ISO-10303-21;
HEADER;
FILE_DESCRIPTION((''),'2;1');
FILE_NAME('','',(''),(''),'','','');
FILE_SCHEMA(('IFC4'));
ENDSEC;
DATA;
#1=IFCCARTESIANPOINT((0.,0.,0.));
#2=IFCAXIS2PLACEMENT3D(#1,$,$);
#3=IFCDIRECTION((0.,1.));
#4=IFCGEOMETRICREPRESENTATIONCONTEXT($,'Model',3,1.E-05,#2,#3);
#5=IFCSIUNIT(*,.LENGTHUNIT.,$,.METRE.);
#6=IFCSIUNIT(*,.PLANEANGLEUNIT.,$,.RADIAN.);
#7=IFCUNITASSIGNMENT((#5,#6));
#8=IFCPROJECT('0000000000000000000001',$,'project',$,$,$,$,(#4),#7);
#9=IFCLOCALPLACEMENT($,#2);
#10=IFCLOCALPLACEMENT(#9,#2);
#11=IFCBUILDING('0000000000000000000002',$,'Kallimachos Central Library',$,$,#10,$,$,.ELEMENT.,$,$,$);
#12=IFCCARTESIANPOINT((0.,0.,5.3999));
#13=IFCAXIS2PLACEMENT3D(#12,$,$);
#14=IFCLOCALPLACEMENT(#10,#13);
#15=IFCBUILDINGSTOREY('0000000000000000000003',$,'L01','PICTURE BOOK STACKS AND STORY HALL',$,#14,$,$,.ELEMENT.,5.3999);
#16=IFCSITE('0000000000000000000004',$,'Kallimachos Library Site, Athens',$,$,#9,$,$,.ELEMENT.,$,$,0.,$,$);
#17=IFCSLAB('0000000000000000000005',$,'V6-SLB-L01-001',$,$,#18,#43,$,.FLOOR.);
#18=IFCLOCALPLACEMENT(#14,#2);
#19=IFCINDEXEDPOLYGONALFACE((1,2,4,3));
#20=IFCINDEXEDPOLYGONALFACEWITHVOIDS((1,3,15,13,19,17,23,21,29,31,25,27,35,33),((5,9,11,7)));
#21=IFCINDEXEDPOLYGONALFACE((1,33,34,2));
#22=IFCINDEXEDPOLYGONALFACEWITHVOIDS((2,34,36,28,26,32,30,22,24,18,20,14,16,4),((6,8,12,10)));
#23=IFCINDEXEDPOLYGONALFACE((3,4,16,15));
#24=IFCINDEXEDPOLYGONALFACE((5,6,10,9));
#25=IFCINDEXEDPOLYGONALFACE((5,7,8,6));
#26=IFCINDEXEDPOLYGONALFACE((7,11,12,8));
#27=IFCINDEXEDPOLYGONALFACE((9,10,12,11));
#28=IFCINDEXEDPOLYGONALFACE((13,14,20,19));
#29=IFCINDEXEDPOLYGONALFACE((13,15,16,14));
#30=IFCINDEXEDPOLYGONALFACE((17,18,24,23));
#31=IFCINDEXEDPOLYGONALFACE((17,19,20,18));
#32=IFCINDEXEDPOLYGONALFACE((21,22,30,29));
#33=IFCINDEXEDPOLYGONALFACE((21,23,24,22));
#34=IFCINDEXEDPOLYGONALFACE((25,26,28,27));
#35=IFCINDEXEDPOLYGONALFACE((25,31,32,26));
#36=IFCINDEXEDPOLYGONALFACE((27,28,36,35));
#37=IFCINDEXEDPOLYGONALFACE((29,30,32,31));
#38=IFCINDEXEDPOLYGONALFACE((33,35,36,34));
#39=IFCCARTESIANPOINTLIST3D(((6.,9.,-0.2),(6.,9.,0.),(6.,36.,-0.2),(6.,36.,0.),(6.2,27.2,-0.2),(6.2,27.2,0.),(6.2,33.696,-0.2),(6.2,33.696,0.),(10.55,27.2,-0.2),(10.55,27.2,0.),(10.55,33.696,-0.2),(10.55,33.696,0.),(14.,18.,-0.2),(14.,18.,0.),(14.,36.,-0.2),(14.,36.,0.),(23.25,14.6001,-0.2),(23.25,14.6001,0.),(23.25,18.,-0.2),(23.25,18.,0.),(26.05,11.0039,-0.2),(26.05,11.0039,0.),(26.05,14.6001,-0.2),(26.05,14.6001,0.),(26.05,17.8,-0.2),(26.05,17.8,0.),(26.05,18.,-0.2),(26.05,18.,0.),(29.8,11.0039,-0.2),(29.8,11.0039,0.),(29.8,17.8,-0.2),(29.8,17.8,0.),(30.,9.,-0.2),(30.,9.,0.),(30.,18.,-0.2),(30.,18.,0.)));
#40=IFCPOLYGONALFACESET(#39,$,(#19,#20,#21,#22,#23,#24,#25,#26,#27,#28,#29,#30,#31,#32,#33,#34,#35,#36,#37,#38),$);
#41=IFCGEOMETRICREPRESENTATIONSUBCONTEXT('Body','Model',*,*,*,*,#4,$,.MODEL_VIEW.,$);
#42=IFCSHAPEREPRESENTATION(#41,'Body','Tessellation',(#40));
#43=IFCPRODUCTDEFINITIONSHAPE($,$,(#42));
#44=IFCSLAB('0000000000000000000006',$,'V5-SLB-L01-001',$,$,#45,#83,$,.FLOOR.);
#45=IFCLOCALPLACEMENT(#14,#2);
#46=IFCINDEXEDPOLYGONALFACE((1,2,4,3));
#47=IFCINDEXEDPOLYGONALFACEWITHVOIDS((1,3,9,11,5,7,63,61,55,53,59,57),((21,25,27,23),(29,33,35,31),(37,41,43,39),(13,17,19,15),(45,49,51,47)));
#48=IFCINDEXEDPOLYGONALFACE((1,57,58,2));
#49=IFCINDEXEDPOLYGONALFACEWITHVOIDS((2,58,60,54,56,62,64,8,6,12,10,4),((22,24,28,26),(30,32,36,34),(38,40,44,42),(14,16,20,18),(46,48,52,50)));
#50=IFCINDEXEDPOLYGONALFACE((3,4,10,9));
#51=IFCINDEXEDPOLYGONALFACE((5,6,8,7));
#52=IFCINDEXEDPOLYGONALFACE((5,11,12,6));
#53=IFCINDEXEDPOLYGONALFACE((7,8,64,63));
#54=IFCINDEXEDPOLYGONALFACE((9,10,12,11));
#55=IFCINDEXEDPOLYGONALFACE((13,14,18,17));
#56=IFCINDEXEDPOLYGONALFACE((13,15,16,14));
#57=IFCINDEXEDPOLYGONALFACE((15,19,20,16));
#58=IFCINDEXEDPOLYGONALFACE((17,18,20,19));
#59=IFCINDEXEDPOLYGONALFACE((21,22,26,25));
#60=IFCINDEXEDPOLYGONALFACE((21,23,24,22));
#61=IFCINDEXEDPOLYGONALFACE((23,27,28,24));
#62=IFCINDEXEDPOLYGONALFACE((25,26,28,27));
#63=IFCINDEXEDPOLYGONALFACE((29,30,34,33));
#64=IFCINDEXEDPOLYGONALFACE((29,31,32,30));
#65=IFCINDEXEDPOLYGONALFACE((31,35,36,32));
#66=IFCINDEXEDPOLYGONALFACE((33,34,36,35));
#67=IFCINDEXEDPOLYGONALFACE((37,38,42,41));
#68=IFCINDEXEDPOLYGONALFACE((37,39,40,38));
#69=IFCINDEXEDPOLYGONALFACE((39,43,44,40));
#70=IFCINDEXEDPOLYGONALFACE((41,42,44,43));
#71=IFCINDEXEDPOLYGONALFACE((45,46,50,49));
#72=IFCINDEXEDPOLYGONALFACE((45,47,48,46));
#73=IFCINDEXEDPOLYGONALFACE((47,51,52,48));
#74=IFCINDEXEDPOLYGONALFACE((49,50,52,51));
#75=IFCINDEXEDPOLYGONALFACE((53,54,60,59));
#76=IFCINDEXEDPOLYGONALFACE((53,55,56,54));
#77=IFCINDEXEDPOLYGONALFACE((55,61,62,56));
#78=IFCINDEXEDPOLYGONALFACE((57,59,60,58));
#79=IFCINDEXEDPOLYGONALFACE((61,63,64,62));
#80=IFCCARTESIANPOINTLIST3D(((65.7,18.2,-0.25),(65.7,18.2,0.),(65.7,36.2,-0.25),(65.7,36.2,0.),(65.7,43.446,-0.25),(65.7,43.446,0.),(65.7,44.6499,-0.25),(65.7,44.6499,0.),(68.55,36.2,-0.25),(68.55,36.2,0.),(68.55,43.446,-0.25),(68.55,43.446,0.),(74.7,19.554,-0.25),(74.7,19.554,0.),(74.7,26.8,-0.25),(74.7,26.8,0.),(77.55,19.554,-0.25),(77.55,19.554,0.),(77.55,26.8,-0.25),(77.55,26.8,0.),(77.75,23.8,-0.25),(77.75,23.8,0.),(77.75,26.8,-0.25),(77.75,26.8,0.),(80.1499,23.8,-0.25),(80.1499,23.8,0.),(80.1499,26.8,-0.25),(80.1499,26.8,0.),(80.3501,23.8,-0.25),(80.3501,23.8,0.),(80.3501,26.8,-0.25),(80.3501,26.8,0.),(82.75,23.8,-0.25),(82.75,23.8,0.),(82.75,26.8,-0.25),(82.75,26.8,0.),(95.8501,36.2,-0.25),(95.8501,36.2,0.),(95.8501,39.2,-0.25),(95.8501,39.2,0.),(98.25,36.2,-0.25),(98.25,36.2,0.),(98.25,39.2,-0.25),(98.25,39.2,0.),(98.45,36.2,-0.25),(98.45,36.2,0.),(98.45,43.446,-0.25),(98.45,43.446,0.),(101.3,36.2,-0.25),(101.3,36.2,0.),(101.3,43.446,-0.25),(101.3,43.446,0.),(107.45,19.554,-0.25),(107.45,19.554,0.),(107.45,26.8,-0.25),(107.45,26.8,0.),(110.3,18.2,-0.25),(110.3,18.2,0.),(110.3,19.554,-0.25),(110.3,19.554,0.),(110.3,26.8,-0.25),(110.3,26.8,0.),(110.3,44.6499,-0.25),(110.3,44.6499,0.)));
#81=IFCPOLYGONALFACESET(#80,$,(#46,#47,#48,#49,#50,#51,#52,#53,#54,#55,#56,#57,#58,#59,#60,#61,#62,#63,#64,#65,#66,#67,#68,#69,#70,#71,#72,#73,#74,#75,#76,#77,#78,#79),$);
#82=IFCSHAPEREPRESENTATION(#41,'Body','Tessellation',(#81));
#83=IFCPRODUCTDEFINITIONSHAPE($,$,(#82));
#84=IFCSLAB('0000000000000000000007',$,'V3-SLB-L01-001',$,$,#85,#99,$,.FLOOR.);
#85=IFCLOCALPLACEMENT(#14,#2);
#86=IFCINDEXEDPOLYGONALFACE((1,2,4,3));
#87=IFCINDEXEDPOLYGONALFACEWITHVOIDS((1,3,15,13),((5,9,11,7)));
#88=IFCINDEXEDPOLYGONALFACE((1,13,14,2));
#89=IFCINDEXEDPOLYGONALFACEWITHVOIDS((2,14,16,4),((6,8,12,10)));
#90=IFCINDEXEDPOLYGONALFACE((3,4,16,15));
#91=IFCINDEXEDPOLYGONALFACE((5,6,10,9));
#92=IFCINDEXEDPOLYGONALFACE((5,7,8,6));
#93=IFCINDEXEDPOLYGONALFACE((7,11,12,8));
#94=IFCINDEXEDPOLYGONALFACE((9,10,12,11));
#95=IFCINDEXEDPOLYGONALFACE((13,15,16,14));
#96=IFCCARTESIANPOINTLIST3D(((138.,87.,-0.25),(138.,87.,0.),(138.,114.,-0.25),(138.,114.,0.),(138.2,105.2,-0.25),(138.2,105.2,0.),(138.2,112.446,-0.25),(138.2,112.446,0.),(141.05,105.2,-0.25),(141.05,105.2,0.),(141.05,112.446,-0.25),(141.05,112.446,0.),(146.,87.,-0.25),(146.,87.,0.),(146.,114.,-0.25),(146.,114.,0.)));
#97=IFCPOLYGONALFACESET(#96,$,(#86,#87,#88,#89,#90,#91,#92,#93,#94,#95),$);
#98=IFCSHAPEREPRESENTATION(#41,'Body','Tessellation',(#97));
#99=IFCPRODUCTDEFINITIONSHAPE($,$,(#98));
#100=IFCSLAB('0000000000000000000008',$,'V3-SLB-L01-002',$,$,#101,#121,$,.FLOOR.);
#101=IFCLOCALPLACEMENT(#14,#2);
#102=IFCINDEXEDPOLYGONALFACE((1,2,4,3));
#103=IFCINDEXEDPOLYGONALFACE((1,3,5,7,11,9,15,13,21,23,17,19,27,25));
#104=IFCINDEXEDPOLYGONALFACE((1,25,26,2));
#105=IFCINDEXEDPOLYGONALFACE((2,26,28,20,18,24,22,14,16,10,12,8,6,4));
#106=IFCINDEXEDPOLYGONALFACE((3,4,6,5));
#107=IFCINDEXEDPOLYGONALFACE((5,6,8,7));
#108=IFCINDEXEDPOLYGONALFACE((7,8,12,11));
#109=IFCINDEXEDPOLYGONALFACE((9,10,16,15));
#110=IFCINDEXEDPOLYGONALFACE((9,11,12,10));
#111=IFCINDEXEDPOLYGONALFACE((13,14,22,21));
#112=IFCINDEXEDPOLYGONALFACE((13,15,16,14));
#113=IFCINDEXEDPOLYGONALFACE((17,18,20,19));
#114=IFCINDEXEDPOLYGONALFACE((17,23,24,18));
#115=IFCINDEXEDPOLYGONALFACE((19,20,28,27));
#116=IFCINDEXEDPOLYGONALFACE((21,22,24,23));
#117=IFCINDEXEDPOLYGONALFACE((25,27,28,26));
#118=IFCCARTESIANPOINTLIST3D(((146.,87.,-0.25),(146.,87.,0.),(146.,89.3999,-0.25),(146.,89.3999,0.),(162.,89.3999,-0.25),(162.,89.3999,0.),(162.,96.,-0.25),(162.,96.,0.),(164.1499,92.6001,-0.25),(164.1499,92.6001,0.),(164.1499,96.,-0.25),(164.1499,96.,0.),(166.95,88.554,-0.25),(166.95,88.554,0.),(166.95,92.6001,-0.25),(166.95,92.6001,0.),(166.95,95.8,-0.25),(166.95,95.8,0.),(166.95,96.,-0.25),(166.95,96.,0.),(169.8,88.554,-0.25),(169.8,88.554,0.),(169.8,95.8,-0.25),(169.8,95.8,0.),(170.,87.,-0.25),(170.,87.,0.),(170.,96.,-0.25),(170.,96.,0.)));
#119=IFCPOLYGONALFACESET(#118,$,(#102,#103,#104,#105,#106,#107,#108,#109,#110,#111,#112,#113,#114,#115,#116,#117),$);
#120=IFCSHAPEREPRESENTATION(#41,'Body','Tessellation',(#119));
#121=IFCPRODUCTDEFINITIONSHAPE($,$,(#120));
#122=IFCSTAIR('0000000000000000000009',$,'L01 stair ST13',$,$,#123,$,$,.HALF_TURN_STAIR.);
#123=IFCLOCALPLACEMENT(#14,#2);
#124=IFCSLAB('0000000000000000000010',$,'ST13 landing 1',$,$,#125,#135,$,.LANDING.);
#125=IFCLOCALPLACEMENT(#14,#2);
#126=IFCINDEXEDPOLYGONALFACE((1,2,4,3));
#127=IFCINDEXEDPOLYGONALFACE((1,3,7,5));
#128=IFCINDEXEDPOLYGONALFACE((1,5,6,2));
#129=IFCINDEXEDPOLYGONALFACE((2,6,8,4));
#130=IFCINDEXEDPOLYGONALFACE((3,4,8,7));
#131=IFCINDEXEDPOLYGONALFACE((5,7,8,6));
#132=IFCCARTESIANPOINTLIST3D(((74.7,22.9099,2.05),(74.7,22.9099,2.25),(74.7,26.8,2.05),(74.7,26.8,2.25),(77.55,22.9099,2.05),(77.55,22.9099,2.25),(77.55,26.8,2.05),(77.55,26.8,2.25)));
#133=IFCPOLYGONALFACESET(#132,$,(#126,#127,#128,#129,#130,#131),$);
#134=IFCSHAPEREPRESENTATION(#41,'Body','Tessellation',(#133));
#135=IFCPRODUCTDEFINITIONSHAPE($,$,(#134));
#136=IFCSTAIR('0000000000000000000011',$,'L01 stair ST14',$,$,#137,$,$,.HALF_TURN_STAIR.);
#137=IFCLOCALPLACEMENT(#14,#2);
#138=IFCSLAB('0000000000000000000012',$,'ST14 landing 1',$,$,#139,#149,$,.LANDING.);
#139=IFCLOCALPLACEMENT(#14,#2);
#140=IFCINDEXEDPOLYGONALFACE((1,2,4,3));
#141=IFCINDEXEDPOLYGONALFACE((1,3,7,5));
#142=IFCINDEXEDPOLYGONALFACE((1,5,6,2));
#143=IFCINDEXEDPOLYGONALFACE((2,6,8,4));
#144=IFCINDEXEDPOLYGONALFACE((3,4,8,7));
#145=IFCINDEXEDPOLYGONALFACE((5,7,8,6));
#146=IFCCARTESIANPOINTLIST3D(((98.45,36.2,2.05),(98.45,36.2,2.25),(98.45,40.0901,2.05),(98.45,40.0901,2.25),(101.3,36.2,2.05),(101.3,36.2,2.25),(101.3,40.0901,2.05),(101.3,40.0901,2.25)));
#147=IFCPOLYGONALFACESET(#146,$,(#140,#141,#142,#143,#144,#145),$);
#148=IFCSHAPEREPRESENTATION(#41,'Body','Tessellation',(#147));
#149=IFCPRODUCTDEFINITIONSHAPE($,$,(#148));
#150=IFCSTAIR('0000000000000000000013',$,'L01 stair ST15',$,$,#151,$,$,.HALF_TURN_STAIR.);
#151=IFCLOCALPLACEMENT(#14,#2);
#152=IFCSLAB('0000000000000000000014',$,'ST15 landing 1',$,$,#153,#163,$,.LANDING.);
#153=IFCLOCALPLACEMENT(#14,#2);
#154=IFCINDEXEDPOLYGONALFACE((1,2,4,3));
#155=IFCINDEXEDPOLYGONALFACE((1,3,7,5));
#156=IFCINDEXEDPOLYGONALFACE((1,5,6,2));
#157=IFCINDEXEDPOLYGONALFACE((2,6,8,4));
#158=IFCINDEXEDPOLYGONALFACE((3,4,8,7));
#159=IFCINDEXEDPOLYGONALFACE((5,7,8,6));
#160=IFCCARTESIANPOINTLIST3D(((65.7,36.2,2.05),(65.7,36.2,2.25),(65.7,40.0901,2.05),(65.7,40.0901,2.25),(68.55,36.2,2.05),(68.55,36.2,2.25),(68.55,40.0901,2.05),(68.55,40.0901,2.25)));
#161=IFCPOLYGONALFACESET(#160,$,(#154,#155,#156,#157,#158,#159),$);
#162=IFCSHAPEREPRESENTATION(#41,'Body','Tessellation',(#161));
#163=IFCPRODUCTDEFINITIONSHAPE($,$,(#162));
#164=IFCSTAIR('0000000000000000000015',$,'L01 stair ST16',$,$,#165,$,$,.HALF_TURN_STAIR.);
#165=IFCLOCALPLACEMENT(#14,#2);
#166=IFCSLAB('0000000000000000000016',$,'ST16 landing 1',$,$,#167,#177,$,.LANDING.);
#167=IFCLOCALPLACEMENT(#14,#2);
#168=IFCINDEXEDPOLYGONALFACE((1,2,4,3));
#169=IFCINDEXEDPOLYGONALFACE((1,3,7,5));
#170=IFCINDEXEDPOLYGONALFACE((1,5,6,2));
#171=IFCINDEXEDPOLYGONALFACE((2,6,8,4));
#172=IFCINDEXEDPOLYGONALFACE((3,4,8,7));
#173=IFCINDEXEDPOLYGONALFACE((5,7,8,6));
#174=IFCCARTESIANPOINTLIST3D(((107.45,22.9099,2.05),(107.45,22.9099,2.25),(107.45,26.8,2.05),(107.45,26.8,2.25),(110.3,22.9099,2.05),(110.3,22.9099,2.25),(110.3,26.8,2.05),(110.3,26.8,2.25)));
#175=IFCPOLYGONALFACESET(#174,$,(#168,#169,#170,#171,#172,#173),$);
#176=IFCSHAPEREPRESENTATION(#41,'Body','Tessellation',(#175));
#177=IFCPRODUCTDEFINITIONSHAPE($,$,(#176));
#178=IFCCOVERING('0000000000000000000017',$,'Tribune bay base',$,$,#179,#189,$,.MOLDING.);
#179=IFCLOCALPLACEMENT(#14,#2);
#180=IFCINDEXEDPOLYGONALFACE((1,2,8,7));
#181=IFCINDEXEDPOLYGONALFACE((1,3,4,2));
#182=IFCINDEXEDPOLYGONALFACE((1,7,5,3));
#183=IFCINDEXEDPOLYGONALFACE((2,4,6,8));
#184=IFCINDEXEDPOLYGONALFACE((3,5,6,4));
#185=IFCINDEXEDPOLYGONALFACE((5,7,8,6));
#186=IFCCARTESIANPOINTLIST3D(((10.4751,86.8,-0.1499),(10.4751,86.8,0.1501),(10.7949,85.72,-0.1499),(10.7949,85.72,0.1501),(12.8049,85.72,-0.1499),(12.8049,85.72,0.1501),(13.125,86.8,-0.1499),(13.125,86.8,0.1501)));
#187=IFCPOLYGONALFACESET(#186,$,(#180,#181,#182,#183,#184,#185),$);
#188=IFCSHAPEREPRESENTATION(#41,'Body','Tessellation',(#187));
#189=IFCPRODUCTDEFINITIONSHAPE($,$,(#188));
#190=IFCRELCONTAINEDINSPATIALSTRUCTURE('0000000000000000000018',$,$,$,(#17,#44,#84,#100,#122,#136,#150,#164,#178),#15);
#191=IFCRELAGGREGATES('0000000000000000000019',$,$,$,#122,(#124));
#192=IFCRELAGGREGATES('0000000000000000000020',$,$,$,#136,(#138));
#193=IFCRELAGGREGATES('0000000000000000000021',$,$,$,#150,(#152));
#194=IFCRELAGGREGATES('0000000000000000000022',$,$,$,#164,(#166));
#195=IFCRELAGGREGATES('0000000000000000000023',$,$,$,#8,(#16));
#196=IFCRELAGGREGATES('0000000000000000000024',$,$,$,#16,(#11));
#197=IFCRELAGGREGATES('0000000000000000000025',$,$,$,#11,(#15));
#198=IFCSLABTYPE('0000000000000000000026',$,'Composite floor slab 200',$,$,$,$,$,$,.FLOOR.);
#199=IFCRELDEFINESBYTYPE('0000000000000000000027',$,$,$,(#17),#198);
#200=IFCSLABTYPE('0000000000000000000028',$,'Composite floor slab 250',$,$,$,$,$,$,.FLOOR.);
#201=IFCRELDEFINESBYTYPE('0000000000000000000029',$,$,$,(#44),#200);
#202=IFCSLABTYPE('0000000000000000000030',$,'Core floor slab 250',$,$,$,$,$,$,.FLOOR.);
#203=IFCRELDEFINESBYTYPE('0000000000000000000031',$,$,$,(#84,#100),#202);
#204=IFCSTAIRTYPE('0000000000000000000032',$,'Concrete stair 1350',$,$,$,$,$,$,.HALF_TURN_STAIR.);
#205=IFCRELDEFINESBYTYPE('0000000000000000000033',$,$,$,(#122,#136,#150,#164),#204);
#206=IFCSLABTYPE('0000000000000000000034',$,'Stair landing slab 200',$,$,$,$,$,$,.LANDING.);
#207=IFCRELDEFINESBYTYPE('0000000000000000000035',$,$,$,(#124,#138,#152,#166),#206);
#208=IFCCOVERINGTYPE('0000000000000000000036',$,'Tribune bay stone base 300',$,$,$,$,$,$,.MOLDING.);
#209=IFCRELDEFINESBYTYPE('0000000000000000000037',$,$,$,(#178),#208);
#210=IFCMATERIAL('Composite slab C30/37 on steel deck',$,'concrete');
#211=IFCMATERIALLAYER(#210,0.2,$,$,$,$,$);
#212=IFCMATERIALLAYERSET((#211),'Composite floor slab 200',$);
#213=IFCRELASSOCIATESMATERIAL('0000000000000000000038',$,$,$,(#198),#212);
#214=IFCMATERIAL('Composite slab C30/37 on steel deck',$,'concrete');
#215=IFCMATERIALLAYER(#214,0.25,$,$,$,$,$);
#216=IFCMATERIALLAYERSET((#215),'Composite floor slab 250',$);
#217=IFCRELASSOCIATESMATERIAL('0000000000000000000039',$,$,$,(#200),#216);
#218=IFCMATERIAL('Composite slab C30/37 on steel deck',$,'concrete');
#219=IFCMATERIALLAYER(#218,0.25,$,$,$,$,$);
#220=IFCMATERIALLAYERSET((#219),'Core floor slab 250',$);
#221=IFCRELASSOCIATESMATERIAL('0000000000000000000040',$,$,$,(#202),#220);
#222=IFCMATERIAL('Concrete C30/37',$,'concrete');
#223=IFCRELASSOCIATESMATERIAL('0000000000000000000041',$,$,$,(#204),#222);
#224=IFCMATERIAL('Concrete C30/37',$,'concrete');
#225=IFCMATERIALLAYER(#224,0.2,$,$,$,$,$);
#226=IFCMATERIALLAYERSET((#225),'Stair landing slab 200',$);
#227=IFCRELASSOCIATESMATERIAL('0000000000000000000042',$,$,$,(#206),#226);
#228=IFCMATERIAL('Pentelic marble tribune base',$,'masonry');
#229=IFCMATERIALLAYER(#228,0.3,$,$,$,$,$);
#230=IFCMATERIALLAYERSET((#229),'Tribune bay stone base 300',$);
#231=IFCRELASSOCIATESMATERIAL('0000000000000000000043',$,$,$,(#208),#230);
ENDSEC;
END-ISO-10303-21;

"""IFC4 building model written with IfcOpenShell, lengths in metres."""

from ifc_helpers import new_model, si_unit, direction, frame, origin, place, context, subcontext, project, spatial, polyline, outline, extrude, material, layer, layer_set, type_object, element, aggregate, save


model = new_model("IFC4")

# Units and contexts
model_context = context("Model", 3, precision=1e-05, world=origin(), true_north=direction((0.0, 1.0)))
body_context = subcontext(model_context, "Body", "Model", "MODEL_VIEW")
ifc_project = project(units=[si_unit("LENGTHUNIT", "METRE"), si_unit("PLANEANGLEUNIT", "RADIAN")], contexts=[model_context])

# Site, building, storey
site_placement = place(None, origin())
site = spatial("IfcSite", under=ifc_project, at=site_placement, Name="Kallimachos Library Site, Athens", CompositionType="ELEMENT", RefElevation=0.0)
building_placement = place(site_placement, origin())
building = spatial("IfcBuilding", under=site, at=building_placement, Name="Kallimachos Central Library", CompositionType="ELEMENT")
storey_placement = place(building_placement, frame((0.0, 0.0, 5.3999)))
storey = spatial("IfcBuildingStorey", under=building, at=storey_placement, Name="L01", Description="PICTURE BOOK STACKS AND STORY HALL", CompositionType="ELEMENT", Elevation=5.3999)

# Slabs
ifc_material_1 = material(Name="Composite slab C30/37 on steel deck", Category="concrete")
ifc_layer_1 = layer(ifc_material_1, 0.2)
ifc_layer_set_1 = layer_set([ifc_layer_1], Name="Composite floor slab 200")
slab_type_1 = type_object("IfcSlabType", Name="Composite floor slab 200", PredefinedType="FLOOR", material=ifc_layer_set_1)
slab_1_placement = place(storey_placement, frame((0.0, 0.0, -0.2)))
element("IfcSlab", 1, at=slab_1_placement, inside=storey, type_object=slab_type_1, Name="V6-SLB-L01-001", PredefinedType="FLOOR", context=body_context, shape_type="SweptSolid", body=[
    extrude(outline(polyline([(23.25, 18.0), (23.25, 14.6001), (26.05, 14.6001), (26.05, 11.0039), (29.8, 11.0039), (29.8, 17.8), (26.05, 17.8), (26.05, 18.0), (30.0, 18.0), (30.0, 9.0), (6.0, 9.0), (6.0, 36.0), (14.0, 36.0), (14.0, 18.0), (23.25, 18.0)]), holes=[polyline([(10.55, 33.696), (6.2, 33.696), (6.2, 27.2), (10.55, 27.2), (10.55, 33.696)])]), origin(), (0.0, 0.0, 1.0), 0.2),
])
ifc_material_2 = material(Name="Composite slab C30/37 on steel deck", Category="concrete")
ifc_layer_2 = layer(ifc_material_2, 0.25)
ifc_layer_set_2 = layer_set([ifc_layer_2], Name="Composite floor slab 250")
slab_type_2 = type_object("IfcSlabType", Name="Composite floor slab 250", PredefinedType="FLOOR", material=ifc_layer_set_2)
slab_2_placement = place(storey_placement, frame((0.0, 0.0, -0.25)))
element("IfcSlab", 2, at=slab_2_placement, inside=storey, type_object=slab_type_2, Name="V5-SLB-L01-001", PredefinedType="FLOOR", context=body_context, shape_type="SweptSolid", body=[
    extrude(outline(polyline([(110.3, 18.2), (65.7, 18.2), (65.7, 36.2), (68.55, 36.2), (68.55, 43.446), (65.7, 43.446), (65.7, 44.6499), (110.3, 44.6499), (110.3, 26.8), (107.45, 26.8), (107.45, 19.554), (110.3, 19.554), (110.3, 18.2)]), holes=[polyline([(74.7, 19.554), (77.55, 19.554), (77.55, 26.8), (74.7, 26.8), (74.7, 19.554)]), polyline([(80.1499, 26.8), (77.75, 26.8), (77.75, 23.8), (80.1499, 23.8), (80.1499, 26.8)]), polyline([(82.75, 26.8), (80.3501, 26.8), (80.3501, 23.8), (82.75, 23.8), (82.75, 26.8)]), polyline([(98.25, 39.2), (95.8501, 39.2), (95.8501, 36.2), (98.25, 36.2), (98.25, 39.2)]), polyline([(101.3, 36.2), (101.3, 43.446), (98.45, 43.446), (98.45, 36.2), (101.3, 36.2)])]), origin(), (0.0, 0.0, 1.0), 0.25),
])
ifc_material_3 = material(Name="Composite slab C30/37 on steel deck", Category="concrete")
ifc_layer_3 = layer(ifc_material_3, 0.25)
ifc_layer_set_3 = layer_set([ifc_layer_3], Name="Core floor slab 250")
slab_type_3 = type_object("IfcSlabType", Name="Core floor slab 250", PredefinedType="FLOOR", material=ifc_layer_set_3)
slab_3_placement = place(storey_placement, frame((0.0, 0.0, -0.25)))
element("IfcSlab", 3, at=slab_3_placement, inside=storey, type_object=slab_type_3, Name="V3-SLB-L01-001", PredefinedType="FLOOR", context=body_context, shape_type="SweptSolid", body=[
    extrude(outline(polyline([(138.0, 87.0), (138.0, 114.0), (146.0, 114.0), (146.0, 87.0), (138.0, 87.0)]), holes=[polyline([(138.2, 105.2), (141.05, 105.2), (141.05, 112.446), (138.2, 112.446), (138.2, 105.2)])]), origin(), (0.0, 0.0, 1.0), 0.25),
])
slab_4_placement = place(storey_placement, frame((0.0, 0.0, -0.25)))
element("IfcSlab", 4, at=slab_4_placement, inside=storey, type_object=slab_type_3, Name="V3-SLB-L01-002", PredefinedType="FLOOR", context=body_context, shape_type="SweptSolid", body=[
    extrude(outline(polyline([(146.0, 89.3999), (162.0, 89.3999), (162.0, 96.0), (164.1499, 96.0), (164.1499, 92.6001), (166.95, 92.6001), (166.95, 88.554), (169.8, 88.554), (169.8, 95.8), (166.95, 95.8), (166.95, 96.0), (170.0, 96.0), (170.0, 87.0), (146.0, 87.0), (146.0, 89.3999)])), origin(), (0.0, 0.0, 1.0), 0.25),
])

# Stairs, slabs
ifc_material_4 = material(Name="Concrete C30/37", Category="concrete")
stair_type = type_object("IfcStairType", Name="Concrete stair 1350", PredefinedType="HALF_TURN_STAIR", material=ifc_material_4)
stair_1_placement = place(storey_placement, origin())
stair_1 = element("IfcStair", 5, at=stair_1_placement, inside=storey, type_object=stair_type, Name="L01 stair ST13", PredefinedType="HALF_TURN_STAIR")
ifc_material_5 = material(Name="Concrete C30/37", Category="concrete")
ifc_layer_4 = layer(ifc_material_5, 0.2)
ifc_layer_set_4 = layer_set([ifc_layer_4], Name="Stair landing slab 200")
slab_type_4 = type_object("IfcSlabType", Name="Stair landing slab 200", PredefinedType="LANDING", material=ifc_layer_set_4)
slab_5_placement = place(storey_placement, frame((0.0, 0.0, 2.05)))
slab_5 = element("IfcSlab", 6, at=slab_5_placement, type_object=slab_type_4, Name="ST13 landing 1", PredefinedType="LANDING", context=body_context, shape_type="SweptSolid", body=[
    extrude(outline(polyline([(77.55, 22.9099), (77.55, 26.8), (74.7, 26.8), (74.7, 22.9099), (77.55, 22.9099)])), origin(), (0.0, 0.0, 1.0), 0.2),
])
aggregate(stair_1, [slab_5])
stair_2_placement = place(storey_placement, origin())
stair_2 = element("IfcStair", 7, at=stair_2_placement, inside=storey, type_object=stair_type, Name="L01 stair ST14", PredefinedType="HALF_TURN_STAIR")
slab_6_placement = place(storey_placement, frame((0.0, 0.0, 2.05)))
slab_6 = element("IfcSlab", 8, at=slab_6_placement, type_object=slab_type_4, Name="ST14 landing 1", PredefinedType="LANDING", context=body_context, shape_type="SweptSolid", body=[
    extrude(outline(polyline([(98.45, 40.0901), (98.45, 36.2), (101.3, 36.2), (101.3, 40.0901), (98.45, 40.0901)])), origin(), (0.0, 0.0, 1.0), 0.2),
])
aggregate(stair_2, [slab_6])
stair_3_placement = place(storey_placement, origin())
stair_3 = element("IfcStair", 9, at=stair_3_placement, inside=storey, type_object=stair_type, Name="L01 stair ST15", PredefinedType="HALF_TURN_STAIR")
slab_7_placement = place(storey_placement, frame((0.0, 0.0, 2.05)))
slab_7 = element("IfcSlab", 10, at=slab_7_placement, type_object=slab_type_4, Name="ST15 landing 1", PredefinedType="LANDING", context=body_context, shape_type="SweptSolid", body=[
    extrude(outline(polyline([(65.7, 40.0901), (65.7, 36.2), (68.55, 36.2), (68.55, 40.0901), (65.7, 40.0901)])), origin(), (0.0, 0.0, 1.0), 0.2),
])
aggregate(stair_3, [slab_7])
stair_4_placement = place(storey_placement, origin())
stair_4 = element("IfcStair", 11, at=stair_4_placement, inside=storey, type_object=stair_type, Name="L01 stair ST16", PredefinedType="HALF_TURN_STAIR")
slab_8_placement = place(storey_placement, frame((0.0, 0.0, 2.05)))
slab_8 = element("IfcSlab", 12, at=slab_8_placement, type_object=slab_type_4, Name="ST16 landing 1", PredefinedType="LANDING", context=body_context, shape_type="SweptSolid", body=[
    extrude(outline(polyline([(110.3, 22.9099), (110.3, 26.8), (107.45, 26.8), (107.45, 22.9099), (110.3, 22.9099)])), origin(), (0.0, 0.0, 1.0), 0.2),
])
aggregate(stair_4, [slab_8])

# Covering
ifc_material_6 = material(Name="Pentelic marble tribune base", Category="masonry")
ifc_layer_5 = layer(ifc_material_6, 0.3)
ifc_layer_set_5 = layer_set([ifc_layer_5], Name="Tribune bay stone base 300")
covering_type = type_object("IfcCoveringType", Name="Tribune bay stone base 300", PredefinedType="MOLDING", material=ifc_layer_set_5)
covering_1_placement = place(storey_placement, frame((0.0, 0.0, -0.1499)))
element("IfcCovering", 13, at=covering_1_placement, inside=storey, type_object=covering_type, Name="Tribune bay base", PredefinedType="MOLDING", context=body_context, shape_type="SweptSolid", body=[
    extrude(outline(polyline([(10.4751, 86.8), (13.125, 86.8), (12.8049, 85.72), (10.7949, 85.72), (10.4751, 86.8)])), origin(), (0.0, 0.0, 1.0), 0.3),
])

save(model, "model.ifc")
